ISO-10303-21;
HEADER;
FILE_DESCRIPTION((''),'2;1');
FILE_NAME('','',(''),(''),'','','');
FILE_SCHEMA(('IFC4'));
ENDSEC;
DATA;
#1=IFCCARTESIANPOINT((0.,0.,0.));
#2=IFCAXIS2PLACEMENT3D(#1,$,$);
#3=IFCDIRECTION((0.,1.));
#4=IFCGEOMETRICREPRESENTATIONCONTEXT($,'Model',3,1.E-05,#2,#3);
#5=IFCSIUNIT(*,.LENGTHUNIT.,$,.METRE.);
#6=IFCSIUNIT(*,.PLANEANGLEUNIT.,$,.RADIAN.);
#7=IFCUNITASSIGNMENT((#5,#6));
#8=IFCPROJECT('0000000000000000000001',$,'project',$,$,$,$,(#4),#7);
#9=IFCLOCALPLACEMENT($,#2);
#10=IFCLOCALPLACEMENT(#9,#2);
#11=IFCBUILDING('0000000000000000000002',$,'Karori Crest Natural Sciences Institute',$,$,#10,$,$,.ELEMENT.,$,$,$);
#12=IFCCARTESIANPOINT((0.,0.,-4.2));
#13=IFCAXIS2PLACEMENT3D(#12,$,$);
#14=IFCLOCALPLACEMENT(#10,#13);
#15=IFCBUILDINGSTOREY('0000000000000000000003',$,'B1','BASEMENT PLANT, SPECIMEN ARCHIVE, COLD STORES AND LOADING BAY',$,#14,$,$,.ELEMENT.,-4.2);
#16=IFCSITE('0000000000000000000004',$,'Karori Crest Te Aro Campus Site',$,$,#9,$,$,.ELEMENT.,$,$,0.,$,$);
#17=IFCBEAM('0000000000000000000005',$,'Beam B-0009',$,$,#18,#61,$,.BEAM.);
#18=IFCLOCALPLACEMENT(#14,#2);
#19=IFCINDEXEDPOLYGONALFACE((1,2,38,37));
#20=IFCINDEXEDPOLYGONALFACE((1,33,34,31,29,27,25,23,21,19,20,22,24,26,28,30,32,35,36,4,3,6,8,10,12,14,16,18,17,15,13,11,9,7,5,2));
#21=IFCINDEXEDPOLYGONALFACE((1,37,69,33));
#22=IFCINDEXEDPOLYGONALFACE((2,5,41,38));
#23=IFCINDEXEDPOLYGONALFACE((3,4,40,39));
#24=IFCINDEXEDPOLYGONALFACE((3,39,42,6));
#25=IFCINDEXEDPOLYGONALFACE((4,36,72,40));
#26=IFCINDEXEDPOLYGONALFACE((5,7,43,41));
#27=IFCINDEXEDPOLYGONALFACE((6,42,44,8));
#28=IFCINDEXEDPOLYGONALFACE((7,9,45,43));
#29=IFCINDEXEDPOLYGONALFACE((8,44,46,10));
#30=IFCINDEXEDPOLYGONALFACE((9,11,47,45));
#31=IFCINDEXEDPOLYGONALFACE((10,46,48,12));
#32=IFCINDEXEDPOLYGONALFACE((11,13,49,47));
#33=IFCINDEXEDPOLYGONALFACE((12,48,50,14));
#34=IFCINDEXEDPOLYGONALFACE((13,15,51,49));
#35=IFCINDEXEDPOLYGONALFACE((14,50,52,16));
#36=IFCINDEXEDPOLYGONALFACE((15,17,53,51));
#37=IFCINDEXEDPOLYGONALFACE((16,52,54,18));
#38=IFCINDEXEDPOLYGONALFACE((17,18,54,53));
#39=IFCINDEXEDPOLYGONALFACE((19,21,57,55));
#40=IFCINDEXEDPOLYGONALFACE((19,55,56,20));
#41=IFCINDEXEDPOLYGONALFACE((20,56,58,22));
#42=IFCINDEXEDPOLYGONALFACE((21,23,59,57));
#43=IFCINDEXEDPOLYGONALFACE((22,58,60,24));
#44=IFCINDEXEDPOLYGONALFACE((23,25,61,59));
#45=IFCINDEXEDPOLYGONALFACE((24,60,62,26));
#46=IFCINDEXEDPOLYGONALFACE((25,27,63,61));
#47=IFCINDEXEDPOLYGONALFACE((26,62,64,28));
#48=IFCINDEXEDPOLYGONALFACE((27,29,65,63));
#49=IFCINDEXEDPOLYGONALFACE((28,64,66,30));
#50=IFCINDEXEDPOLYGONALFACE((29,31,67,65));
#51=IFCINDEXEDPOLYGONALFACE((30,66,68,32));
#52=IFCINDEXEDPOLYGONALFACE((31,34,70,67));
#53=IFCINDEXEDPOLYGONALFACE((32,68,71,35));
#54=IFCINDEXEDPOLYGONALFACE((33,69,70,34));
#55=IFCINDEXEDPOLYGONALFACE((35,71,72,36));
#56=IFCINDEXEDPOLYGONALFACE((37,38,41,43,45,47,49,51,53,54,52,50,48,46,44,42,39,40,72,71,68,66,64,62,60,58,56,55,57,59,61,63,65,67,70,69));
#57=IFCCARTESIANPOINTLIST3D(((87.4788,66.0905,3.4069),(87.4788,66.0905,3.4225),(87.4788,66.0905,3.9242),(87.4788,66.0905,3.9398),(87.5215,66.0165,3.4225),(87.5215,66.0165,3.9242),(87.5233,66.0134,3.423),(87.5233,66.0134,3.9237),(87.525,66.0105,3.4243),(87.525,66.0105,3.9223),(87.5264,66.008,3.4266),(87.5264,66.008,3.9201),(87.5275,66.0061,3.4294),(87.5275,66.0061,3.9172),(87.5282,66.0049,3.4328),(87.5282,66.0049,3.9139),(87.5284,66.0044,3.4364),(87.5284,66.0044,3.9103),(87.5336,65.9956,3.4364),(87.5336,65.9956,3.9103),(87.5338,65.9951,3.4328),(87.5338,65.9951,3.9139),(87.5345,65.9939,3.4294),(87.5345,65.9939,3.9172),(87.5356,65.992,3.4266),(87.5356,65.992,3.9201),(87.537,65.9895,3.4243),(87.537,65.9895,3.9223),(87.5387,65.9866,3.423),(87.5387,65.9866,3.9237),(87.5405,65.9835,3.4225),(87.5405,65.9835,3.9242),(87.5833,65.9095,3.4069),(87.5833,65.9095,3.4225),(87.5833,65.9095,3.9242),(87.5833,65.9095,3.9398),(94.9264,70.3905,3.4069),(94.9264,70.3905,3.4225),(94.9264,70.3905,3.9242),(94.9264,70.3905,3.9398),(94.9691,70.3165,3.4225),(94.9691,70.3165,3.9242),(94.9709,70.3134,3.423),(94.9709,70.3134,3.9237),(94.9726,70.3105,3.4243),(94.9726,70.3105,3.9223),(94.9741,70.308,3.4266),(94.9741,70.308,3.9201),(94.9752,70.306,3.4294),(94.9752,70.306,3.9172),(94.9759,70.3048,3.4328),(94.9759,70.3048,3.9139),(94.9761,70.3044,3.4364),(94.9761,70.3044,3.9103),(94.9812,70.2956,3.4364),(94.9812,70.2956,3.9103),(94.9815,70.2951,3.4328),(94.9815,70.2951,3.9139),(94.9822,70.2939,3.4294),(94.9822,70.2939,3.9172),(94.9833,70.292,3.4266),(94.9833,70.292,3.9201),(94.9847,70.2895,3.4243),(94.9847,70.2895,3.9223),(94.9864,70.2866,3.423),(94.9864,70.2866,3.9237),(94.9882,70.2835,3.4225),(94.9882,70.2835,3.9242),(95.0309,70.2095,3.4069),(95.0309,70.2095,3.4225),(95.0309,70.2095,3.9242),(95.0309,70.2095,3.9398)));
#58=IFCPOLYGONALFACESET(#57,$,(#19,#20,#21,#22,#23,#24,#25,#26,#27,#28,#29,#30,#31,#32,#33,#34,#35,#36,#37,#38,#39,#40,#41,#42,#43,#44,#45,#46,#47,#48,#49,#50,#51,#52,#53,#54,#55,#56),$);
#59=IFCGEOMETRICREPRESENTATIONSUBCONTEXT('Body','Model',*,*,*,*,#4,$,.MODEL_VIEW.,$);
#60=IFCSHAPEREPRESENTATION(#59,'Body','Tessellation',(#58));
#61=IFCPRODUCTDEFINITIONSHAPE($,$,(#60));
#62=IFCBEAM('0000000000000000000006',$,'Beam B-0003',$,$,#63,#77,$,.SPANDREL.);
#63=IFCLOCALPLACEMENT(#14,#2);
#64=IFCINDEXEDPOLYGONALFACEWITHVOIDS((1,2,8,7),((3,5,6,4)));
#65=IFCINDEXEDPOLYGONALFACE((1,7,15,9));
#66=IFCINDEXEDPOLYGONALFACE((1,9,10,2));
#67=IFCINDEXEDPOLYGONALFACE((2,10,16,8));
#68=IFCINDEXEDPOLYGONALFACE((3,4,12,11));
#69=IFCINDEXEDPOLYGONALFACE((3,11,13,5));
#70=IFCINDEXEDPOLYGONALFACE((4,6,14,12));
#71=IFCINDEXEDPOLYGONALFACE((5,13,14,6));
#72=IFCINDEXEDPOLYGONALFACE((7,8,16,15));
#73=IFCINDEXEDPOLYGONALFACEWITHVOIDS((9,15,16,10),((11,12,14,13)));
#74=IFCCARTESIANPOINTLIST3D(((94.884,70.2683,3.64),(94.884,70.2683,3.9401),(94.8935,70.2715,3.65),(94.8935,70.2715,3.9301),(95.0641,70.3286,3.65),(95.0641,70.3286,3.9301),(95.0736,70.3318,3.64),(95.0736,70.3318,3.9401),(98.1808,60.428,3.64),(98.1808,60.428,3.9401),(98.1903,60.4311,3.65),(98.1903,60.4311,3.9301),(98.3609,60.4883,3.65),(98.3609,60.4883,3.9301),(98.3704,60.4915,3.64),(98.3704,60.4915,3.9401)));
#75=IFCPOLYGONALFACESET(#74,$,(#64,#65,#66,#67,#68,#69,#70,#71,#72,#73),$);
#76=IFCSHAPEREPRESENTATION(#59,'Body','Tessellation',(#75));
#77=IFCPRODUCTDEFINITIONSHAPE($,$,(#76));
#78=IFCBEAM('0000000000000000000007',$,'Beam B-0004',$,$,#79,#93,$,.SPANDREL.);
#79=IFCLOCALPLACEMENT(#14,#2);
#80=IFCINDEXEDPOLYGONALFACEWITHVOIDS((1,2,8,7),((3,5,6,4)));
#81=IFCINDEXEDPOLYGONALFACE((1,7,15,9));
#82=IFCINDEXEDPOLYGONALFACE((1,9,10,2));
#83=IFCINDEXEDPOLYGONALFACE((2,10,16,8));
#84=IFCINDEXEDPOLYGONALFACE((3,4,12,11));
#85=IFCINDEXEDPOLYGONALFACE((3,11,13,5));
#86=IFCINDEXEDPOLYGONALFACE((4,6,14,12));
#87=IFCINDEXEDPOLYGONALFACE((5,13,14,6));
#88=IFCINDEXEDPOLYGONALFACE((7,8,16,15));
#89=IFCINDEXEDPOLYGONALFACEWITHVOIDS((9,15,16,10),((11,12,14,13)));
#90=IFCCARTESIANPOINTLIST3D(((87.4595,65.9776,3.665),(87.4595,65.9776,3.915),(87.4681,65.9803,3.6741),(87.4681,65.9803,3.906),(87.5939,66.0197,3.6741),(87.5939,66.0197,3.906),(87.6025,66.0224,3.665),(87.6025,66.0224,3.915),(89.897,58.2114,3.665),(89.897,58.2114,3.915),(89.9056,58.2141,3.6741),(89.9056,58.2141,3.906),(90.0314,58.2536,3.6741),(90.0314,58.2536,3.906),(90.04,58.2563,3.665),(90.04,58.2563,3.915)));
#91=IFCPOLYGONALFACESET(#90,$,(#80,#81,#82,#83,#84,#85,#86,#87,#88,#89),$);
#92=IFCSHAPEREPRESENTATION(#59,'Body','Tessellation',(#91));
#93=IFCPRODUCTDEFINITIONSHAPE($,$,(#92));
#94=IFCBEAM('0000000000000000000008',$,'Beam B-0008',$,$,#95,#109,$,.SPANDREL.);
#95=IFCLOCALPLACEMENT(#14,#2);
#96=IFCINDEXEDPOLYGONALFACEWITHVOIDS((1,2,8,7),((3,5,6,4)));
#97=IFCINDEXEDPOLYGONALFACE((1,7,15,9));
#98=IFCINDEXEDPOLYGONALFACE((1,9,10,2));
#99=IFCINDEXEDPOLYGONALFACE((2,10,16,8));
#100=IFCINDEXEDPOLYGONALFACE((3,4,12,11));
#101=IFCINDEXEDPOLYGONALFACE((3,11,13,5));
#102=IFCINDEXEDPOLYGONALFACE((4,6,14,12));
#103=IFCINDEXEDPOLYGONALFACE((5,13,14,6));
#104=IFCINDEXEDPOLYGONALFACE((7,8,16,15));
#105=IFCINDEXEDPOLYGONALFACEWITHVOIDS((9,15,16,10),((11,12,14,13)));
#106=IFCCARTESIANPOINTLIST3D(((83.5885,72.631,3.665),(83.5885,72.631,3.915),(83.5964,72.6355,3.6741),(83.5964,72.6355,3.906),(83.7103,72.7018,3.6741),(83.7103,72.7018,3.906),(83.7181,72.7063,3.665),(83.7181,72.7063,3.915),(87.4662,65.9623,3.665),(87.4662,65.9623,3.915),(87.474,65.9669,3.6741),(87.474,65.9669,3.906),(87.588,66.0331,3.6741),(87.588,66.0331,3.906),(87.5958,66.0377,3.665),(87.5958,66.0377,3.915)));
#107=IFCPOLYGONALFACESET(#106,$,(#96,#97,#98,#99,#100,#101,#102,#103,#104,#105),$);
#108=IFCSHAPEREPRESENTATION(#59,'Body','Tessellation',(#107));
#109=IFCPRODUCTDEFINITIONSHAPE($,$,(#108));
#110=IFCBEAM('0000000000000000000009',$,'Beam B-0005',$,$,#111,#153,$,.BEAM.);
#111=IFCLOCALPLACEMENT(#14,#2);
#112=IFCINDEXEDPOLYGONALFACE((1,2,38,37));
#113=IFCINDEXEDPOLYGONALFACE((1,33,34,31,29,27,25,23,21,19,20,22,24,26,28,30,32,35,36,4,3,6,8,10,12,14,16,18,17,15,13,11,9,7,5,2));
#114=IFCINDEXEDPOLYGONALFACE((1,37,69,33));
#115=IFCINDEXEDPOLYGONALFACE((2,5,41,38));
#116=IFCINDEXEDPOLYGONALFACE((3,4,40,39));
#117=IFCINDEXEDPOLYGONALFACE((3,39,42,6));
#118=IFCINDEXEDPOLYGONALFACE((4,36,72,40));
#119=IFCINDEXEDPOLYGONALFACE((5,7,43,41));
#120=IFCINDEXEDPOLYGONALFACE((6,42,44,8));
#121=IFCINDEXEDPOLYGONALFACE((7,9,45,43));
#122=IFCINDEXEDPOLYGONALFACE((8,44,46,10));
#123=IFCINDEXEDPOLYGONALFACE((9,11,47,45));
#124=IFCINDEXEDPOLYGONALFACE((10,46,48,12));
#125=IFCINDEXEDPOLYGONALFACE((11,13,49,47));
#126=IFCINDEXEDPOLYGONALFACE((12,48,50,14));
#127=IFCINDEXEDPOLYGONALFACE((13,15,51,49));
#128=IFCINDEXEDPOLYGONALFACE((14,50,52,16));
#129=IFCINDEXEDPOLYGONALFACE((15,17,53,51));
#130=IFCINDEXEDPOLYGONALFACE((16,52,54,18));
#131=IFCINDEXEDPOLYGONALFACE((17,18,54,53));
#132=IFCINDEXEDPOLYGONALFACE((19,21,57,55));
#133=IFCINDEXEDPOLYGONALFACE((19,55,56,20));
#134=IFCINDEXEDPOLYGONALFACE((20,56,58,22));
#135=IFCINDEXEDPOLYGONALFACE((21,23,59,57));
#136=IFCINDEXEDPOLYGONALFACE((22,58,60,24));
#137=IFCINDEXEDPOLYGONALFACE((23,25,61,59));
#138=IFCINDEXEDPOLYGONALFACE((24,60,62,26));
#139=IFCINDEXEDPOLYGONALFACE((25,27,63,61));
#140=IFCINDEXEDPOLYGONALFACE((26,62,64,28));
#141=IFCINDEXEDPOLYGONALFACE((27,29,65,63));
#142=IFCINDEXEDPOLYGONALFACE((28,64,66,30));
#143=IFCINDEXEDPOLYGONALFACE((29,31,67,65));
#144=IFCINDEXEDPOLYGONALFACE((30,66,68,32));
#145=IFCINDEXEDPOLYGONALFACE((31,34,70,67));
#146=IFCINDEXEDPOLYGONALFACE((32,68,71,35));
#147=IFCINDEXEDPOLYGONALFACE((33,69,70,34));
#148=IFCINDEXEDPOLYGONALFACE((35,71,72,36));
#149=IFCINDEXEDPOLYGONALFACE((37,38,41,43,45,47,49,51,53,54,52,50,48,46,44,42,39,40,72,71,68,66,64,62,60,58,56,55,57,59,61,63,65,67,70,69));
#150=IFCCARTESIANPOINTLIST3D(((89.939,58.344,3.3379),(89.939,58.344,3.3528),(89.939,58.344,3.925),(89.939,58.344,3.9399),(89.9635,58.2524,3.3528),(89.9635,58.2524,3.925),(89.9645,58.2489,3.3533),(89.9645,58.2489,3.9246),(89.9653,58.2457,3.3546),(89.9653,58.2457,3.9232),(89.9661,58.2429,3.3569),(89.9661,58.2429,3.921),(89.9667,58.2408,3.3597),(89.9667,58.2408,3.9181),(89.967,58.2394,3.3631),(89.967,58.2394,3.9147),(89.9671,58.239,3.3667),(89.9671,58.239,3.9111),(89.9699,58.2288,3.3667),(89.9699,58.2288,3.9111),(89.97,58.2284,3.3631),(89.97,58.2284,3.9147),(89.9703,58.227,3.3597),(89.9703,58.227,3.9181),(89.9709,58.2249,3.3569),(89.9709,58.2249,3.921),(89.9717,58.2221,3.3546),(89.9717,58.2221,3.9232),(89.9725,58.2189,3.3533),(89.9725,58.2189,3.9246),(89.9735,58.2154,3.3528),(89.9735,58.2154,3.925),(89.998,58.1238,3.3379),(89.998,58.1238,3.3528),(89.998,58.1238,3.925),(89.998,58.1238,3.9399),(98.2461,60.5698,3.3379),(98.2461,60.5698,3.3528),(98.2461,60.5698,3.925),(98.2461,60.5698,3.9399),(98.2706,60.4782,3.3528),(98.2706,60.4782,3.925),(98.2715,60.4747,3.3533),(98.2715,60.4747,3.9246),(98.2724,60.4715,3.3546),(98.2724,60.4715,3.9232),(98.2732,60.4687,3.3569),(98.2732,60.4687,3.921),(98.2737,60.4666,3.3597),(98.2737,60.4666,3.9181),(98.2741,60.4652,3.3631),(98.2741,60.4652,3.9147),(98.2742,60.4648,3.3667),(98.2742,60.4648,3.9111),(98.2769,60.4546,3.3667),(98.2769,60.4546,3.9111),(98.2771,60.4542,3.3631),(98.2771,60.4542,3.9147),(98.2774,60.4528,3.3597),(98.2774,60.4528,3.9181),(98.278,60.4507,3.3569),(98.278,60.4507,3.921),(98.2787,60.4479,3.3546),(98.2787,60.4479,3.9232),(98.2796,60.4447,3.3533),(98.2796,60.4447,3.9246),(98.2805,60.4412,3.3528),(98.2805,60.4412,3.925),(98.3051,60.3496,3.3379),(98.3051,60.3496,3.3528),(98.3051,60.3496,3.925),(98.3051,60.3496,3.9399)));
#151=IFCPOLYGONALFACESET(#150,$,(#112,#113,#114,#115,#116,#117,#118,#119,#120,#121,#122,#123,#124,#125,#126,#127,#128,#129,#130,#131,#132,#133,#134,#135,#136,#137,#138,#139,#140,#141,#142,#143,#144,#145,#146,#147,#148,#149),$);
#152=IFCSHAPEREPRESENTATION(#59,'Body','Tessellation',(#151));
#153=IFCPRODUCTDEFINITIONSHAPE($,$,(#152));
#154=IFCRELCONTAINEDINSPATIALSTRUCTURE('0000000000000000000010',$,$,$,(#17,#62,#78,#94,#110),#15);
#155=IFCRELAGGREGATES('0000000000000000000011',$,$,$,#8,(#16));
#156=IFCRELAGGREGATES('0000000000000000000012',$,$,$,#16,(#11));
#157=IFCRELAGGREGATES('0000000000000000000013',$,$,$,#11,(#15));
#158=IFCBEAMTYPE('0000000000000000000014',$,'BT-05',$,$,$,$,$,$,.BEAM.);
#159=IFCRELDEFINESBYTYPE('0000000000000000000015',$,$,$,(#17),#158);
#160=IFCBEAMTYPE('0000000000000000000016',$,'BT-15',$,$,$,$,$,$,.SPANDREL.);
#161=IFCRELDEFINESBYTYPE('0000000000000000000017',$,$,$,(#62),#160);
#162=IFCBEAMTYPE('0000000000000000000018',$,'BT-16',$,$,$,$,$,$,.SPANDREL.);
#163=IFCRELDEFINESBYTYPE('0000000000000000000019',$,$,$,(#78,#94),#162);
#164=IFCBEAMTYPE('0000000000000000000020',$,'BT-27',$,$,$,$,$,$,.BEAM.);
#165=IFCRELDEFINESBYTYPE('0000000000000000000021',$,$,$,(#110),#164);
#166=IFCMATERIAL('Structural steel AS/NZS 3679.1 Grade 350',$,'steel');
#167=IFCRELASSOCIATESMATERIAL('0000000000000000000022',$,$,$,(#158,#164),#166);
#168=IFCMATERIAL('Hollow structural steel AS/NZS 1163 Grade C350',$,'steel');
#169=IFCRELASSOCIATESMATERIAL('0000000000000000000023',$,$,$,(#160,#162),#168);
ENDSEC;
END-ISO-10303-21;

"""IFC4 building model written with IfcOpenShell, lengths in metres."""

from ifc_helpers import new_model, si_unit, direction, frame, origin, origin_2d, place, context, subcontext, project, spatial, hollow_rectangle, i_section, extrude, material, material_profile, profile_set, type_object, element, save


model = new_model("IFC4")

# Units and contexts
model_context = context("Model", 3, precision=1e-05, world=origin(), true_north=direction((0.0, 1.0)))
body_context = subcontext(model_context, "Body", "Model", "MODEL_VIEW")
ifc_project = project(units=[si_unit("LENGTHUNIT", "METRE"), si_unit("PLANEANGLEUNIT", "RADIAN")], contexts=[model_context])

# Site, building, storey
site_placement = place(None, origin())
site = spatial("IfcSite", under=ifc_project, at=site_placement, Name="Karori Crest Te Aro Campus Site", CompositionType="ELEMENT", RefElevation=0.0)
building_placement = place(site_placement, origin())
building = spatial("IfcBuilding", under=site, at=building_placement, Name="Karori Crest Natural Sciences Institute", CompositionType="ELEMENT")
storey_placement = place(building_placement, frame((0.0, 0.0, -4.2)))
storey = spatial("IfcBuildingStorey", under=building, at=storey_placement, Name="B1", Description="BASEMENT PLANT, SPECIMEN ARCHIVE, COLD STORES AND LOADING BAY", CompositionType="ELEMENT", Elevation=-4.2)

# Shared definitions
ifc_material_1 = material(Name="Structural steel AS/NZS 3679.1 Grade 350", Category="steel")
ifc_material_2 = material(Name="Hollow structural steel AS/NZS 1163 Grade C350", Category="steel")

# Beams
ifc_material_profile_1 = material_profile(ifc_material_1, i_section(OverallWidth=0.209, OverallDepth=0.533, WebThickness=0.0103, FlangeThickness=0.0156, FilletRadius=0.0139, at=origin_2d()), Name="530UB92.4")
ifc_profile_set_1 = profile_set([ifc_material_profile_1], Name="Structural steel AS/NZS 3679.1 Grade 350")
beam_type_1 = type_object("IfcBeamType", Name="BT-05", PredefinedType="BEAM", material=ifc_profile_set_1)
beam_1_placement = place(storey_placement, frame((87.531, 66.0, 3.6733), z_axis=(0.866021, 0.500008, 0.0), x_axis=(-0.500008, 0.866021, 0.0)))
element("IfcBeam", 1, at=beam_1_placement, inside=storey, type_object=beam_type_1, Name="Beam B-0009", PredefinedType="BEAM", context=body_context, shape_type="SweptSolid", body=[
    extrude(i_section(OverallWidth=0.209, OverallDepth=0.533, WebThickness=0.0103, FlangeThickness=0.0156, FilletRadius=0.0139, at=origin_2d()), origin(), (0.0, 0.0, 1.0), 8.5999),
])
ifc_material_profile_2 = material_profile(ifc_material_2, hollow_rectangle(XDim=0.2, YDim=0.3, WallThickness=0.01, at=origin_2d()), Name="RHS300x200x10")
ifc_profile_set_2 = profile_set([ifc_material_profile_2], Name="Hollow structural steel AS/NZS 1163 Grade C350")
beam_type_2 = type_object("IfcBeamType", Name="BT-15", PredefinedType="SPANDREL", material=ifc_profile_set_2)
beam_2_placement = place(storey_placement, frame((98.2756, 60.4597, 3.79), z_axis=(-0.317681, 0.948198, 0.0), x_axis=(-0.948198, -0.317681, 0.0)))
element("IfcBeam", 2, at=beam_2_placement, inside=storey, type_object=beam_type_2, Name="Beam B-0003", PredefinedType="SPANDREL", context=body_context, shape_type="SweptSolid", body=[
    extrude(hollow_rectangle(XDim=0.2, YDim=0.3, WallThickness=0.01, at=origin_2d()), origin(), (0.0, 0.0, 1.0), 10.3779),
])
ifc_material_profile_3 = material_profile(ifc_material_2, hollow_rectangle(XDim=0.1499, YDim=0.25, WallThickness=0.009, at=origin_2d()), Name="RHS250x150x9")
ifc_profile_set_3 = profile_set([ifc_material_profile_3], Name="Hollow structural steel AS/NZS 1163 Grade C350")
beam_type_3 = type_object("IfcBeamType", Name="BT-16", PredefinedType="SPANDREL", material=ifc_profile_set_3)
beam_3_placement = place(storey_placement, frame((89.9685, 58.2339, 3.79), z_axis=(-0.29946, 0.954109, 0.0), x_axis=(-0.954109, -0.29946, 0.0)))
element("IfcBeam", 3, at=beam_3_placement, inside=storey, type_object=beam_type_3, Name="Beam B-0004", PredefinedType="SPANDREL", context=body_context, shape_type="SweptSolid", body=[
    extrude(hollow_rectangle(XDim=0.1499, YDim=0.25, WallThickness=0.009, at=origin_2d()), origin(), (0.0, 0.0, 1.0), 8.1396),
])
beam_4_placement = place(storey_placement, frame((87.531, 66.0, 3.79), z_axis=(-0.502672, 0.864477, 0.0), x_axis=(-0.864477, -0.502672, 0.0)))
element("IfcBeam", 4, at=beam_4_placement, inside=storey, type_object=beam_type_3, Name="Beam B-0008", PredefinedType="SPANDREL", context=body_context, shape_type="SweptSolid", body=[
    extrude(hollow_rectangle(XDim=0.1499, YDim=0.25, WallThickness=0.009, at=origin_2d()), origin(), (0.0, 0.0, 1.0), 7.7141),
])
ifc_material_profile_4 = material_profile(ifc_material_1, i_section(OverallWidth=0.228, OverallDepth=0.6021, WebThickness=0.0105, FlangeThickness=0.0149, FilletRadius=0.0139, at=origin_2d()), Name="610UB101")
ifc_profile_set_4 = profile_set([ifc_material_profile_4], Name="Structural steel AS/NZS 3679.1 Grade 350")
beam_type_4 = type_object("IfcBeamType", Name="BT-27", PredefinedType="BEAM", material=ifc_profile_set_4)
beam_5_placement = place(storey_placement, frame((89.9685, 58.2339, 3.6389), z_axis=(0.965928, 0.258813, 0.0), x_axis=(-0.258813, 0.965928, 0.0)))
element("IfcBeam", 5, at=beam_5_placement, inside=storey, type_object=beam_type_4, Name="Beam B-0005", PredefinedType="BEAM", context=body_context, shape_type="SweptSolid", body=[
    extrude(i_section(OverallWidth=0.228, OverallDepth=0.6021, WebThickness=0.0105, FlangeThickness=0.0149, FilletRadius=0.0139, at=origin_2d()), origin(), (0.0, 0.0, 1.0), 8.6001),
])

save(model, "model.ifc")
